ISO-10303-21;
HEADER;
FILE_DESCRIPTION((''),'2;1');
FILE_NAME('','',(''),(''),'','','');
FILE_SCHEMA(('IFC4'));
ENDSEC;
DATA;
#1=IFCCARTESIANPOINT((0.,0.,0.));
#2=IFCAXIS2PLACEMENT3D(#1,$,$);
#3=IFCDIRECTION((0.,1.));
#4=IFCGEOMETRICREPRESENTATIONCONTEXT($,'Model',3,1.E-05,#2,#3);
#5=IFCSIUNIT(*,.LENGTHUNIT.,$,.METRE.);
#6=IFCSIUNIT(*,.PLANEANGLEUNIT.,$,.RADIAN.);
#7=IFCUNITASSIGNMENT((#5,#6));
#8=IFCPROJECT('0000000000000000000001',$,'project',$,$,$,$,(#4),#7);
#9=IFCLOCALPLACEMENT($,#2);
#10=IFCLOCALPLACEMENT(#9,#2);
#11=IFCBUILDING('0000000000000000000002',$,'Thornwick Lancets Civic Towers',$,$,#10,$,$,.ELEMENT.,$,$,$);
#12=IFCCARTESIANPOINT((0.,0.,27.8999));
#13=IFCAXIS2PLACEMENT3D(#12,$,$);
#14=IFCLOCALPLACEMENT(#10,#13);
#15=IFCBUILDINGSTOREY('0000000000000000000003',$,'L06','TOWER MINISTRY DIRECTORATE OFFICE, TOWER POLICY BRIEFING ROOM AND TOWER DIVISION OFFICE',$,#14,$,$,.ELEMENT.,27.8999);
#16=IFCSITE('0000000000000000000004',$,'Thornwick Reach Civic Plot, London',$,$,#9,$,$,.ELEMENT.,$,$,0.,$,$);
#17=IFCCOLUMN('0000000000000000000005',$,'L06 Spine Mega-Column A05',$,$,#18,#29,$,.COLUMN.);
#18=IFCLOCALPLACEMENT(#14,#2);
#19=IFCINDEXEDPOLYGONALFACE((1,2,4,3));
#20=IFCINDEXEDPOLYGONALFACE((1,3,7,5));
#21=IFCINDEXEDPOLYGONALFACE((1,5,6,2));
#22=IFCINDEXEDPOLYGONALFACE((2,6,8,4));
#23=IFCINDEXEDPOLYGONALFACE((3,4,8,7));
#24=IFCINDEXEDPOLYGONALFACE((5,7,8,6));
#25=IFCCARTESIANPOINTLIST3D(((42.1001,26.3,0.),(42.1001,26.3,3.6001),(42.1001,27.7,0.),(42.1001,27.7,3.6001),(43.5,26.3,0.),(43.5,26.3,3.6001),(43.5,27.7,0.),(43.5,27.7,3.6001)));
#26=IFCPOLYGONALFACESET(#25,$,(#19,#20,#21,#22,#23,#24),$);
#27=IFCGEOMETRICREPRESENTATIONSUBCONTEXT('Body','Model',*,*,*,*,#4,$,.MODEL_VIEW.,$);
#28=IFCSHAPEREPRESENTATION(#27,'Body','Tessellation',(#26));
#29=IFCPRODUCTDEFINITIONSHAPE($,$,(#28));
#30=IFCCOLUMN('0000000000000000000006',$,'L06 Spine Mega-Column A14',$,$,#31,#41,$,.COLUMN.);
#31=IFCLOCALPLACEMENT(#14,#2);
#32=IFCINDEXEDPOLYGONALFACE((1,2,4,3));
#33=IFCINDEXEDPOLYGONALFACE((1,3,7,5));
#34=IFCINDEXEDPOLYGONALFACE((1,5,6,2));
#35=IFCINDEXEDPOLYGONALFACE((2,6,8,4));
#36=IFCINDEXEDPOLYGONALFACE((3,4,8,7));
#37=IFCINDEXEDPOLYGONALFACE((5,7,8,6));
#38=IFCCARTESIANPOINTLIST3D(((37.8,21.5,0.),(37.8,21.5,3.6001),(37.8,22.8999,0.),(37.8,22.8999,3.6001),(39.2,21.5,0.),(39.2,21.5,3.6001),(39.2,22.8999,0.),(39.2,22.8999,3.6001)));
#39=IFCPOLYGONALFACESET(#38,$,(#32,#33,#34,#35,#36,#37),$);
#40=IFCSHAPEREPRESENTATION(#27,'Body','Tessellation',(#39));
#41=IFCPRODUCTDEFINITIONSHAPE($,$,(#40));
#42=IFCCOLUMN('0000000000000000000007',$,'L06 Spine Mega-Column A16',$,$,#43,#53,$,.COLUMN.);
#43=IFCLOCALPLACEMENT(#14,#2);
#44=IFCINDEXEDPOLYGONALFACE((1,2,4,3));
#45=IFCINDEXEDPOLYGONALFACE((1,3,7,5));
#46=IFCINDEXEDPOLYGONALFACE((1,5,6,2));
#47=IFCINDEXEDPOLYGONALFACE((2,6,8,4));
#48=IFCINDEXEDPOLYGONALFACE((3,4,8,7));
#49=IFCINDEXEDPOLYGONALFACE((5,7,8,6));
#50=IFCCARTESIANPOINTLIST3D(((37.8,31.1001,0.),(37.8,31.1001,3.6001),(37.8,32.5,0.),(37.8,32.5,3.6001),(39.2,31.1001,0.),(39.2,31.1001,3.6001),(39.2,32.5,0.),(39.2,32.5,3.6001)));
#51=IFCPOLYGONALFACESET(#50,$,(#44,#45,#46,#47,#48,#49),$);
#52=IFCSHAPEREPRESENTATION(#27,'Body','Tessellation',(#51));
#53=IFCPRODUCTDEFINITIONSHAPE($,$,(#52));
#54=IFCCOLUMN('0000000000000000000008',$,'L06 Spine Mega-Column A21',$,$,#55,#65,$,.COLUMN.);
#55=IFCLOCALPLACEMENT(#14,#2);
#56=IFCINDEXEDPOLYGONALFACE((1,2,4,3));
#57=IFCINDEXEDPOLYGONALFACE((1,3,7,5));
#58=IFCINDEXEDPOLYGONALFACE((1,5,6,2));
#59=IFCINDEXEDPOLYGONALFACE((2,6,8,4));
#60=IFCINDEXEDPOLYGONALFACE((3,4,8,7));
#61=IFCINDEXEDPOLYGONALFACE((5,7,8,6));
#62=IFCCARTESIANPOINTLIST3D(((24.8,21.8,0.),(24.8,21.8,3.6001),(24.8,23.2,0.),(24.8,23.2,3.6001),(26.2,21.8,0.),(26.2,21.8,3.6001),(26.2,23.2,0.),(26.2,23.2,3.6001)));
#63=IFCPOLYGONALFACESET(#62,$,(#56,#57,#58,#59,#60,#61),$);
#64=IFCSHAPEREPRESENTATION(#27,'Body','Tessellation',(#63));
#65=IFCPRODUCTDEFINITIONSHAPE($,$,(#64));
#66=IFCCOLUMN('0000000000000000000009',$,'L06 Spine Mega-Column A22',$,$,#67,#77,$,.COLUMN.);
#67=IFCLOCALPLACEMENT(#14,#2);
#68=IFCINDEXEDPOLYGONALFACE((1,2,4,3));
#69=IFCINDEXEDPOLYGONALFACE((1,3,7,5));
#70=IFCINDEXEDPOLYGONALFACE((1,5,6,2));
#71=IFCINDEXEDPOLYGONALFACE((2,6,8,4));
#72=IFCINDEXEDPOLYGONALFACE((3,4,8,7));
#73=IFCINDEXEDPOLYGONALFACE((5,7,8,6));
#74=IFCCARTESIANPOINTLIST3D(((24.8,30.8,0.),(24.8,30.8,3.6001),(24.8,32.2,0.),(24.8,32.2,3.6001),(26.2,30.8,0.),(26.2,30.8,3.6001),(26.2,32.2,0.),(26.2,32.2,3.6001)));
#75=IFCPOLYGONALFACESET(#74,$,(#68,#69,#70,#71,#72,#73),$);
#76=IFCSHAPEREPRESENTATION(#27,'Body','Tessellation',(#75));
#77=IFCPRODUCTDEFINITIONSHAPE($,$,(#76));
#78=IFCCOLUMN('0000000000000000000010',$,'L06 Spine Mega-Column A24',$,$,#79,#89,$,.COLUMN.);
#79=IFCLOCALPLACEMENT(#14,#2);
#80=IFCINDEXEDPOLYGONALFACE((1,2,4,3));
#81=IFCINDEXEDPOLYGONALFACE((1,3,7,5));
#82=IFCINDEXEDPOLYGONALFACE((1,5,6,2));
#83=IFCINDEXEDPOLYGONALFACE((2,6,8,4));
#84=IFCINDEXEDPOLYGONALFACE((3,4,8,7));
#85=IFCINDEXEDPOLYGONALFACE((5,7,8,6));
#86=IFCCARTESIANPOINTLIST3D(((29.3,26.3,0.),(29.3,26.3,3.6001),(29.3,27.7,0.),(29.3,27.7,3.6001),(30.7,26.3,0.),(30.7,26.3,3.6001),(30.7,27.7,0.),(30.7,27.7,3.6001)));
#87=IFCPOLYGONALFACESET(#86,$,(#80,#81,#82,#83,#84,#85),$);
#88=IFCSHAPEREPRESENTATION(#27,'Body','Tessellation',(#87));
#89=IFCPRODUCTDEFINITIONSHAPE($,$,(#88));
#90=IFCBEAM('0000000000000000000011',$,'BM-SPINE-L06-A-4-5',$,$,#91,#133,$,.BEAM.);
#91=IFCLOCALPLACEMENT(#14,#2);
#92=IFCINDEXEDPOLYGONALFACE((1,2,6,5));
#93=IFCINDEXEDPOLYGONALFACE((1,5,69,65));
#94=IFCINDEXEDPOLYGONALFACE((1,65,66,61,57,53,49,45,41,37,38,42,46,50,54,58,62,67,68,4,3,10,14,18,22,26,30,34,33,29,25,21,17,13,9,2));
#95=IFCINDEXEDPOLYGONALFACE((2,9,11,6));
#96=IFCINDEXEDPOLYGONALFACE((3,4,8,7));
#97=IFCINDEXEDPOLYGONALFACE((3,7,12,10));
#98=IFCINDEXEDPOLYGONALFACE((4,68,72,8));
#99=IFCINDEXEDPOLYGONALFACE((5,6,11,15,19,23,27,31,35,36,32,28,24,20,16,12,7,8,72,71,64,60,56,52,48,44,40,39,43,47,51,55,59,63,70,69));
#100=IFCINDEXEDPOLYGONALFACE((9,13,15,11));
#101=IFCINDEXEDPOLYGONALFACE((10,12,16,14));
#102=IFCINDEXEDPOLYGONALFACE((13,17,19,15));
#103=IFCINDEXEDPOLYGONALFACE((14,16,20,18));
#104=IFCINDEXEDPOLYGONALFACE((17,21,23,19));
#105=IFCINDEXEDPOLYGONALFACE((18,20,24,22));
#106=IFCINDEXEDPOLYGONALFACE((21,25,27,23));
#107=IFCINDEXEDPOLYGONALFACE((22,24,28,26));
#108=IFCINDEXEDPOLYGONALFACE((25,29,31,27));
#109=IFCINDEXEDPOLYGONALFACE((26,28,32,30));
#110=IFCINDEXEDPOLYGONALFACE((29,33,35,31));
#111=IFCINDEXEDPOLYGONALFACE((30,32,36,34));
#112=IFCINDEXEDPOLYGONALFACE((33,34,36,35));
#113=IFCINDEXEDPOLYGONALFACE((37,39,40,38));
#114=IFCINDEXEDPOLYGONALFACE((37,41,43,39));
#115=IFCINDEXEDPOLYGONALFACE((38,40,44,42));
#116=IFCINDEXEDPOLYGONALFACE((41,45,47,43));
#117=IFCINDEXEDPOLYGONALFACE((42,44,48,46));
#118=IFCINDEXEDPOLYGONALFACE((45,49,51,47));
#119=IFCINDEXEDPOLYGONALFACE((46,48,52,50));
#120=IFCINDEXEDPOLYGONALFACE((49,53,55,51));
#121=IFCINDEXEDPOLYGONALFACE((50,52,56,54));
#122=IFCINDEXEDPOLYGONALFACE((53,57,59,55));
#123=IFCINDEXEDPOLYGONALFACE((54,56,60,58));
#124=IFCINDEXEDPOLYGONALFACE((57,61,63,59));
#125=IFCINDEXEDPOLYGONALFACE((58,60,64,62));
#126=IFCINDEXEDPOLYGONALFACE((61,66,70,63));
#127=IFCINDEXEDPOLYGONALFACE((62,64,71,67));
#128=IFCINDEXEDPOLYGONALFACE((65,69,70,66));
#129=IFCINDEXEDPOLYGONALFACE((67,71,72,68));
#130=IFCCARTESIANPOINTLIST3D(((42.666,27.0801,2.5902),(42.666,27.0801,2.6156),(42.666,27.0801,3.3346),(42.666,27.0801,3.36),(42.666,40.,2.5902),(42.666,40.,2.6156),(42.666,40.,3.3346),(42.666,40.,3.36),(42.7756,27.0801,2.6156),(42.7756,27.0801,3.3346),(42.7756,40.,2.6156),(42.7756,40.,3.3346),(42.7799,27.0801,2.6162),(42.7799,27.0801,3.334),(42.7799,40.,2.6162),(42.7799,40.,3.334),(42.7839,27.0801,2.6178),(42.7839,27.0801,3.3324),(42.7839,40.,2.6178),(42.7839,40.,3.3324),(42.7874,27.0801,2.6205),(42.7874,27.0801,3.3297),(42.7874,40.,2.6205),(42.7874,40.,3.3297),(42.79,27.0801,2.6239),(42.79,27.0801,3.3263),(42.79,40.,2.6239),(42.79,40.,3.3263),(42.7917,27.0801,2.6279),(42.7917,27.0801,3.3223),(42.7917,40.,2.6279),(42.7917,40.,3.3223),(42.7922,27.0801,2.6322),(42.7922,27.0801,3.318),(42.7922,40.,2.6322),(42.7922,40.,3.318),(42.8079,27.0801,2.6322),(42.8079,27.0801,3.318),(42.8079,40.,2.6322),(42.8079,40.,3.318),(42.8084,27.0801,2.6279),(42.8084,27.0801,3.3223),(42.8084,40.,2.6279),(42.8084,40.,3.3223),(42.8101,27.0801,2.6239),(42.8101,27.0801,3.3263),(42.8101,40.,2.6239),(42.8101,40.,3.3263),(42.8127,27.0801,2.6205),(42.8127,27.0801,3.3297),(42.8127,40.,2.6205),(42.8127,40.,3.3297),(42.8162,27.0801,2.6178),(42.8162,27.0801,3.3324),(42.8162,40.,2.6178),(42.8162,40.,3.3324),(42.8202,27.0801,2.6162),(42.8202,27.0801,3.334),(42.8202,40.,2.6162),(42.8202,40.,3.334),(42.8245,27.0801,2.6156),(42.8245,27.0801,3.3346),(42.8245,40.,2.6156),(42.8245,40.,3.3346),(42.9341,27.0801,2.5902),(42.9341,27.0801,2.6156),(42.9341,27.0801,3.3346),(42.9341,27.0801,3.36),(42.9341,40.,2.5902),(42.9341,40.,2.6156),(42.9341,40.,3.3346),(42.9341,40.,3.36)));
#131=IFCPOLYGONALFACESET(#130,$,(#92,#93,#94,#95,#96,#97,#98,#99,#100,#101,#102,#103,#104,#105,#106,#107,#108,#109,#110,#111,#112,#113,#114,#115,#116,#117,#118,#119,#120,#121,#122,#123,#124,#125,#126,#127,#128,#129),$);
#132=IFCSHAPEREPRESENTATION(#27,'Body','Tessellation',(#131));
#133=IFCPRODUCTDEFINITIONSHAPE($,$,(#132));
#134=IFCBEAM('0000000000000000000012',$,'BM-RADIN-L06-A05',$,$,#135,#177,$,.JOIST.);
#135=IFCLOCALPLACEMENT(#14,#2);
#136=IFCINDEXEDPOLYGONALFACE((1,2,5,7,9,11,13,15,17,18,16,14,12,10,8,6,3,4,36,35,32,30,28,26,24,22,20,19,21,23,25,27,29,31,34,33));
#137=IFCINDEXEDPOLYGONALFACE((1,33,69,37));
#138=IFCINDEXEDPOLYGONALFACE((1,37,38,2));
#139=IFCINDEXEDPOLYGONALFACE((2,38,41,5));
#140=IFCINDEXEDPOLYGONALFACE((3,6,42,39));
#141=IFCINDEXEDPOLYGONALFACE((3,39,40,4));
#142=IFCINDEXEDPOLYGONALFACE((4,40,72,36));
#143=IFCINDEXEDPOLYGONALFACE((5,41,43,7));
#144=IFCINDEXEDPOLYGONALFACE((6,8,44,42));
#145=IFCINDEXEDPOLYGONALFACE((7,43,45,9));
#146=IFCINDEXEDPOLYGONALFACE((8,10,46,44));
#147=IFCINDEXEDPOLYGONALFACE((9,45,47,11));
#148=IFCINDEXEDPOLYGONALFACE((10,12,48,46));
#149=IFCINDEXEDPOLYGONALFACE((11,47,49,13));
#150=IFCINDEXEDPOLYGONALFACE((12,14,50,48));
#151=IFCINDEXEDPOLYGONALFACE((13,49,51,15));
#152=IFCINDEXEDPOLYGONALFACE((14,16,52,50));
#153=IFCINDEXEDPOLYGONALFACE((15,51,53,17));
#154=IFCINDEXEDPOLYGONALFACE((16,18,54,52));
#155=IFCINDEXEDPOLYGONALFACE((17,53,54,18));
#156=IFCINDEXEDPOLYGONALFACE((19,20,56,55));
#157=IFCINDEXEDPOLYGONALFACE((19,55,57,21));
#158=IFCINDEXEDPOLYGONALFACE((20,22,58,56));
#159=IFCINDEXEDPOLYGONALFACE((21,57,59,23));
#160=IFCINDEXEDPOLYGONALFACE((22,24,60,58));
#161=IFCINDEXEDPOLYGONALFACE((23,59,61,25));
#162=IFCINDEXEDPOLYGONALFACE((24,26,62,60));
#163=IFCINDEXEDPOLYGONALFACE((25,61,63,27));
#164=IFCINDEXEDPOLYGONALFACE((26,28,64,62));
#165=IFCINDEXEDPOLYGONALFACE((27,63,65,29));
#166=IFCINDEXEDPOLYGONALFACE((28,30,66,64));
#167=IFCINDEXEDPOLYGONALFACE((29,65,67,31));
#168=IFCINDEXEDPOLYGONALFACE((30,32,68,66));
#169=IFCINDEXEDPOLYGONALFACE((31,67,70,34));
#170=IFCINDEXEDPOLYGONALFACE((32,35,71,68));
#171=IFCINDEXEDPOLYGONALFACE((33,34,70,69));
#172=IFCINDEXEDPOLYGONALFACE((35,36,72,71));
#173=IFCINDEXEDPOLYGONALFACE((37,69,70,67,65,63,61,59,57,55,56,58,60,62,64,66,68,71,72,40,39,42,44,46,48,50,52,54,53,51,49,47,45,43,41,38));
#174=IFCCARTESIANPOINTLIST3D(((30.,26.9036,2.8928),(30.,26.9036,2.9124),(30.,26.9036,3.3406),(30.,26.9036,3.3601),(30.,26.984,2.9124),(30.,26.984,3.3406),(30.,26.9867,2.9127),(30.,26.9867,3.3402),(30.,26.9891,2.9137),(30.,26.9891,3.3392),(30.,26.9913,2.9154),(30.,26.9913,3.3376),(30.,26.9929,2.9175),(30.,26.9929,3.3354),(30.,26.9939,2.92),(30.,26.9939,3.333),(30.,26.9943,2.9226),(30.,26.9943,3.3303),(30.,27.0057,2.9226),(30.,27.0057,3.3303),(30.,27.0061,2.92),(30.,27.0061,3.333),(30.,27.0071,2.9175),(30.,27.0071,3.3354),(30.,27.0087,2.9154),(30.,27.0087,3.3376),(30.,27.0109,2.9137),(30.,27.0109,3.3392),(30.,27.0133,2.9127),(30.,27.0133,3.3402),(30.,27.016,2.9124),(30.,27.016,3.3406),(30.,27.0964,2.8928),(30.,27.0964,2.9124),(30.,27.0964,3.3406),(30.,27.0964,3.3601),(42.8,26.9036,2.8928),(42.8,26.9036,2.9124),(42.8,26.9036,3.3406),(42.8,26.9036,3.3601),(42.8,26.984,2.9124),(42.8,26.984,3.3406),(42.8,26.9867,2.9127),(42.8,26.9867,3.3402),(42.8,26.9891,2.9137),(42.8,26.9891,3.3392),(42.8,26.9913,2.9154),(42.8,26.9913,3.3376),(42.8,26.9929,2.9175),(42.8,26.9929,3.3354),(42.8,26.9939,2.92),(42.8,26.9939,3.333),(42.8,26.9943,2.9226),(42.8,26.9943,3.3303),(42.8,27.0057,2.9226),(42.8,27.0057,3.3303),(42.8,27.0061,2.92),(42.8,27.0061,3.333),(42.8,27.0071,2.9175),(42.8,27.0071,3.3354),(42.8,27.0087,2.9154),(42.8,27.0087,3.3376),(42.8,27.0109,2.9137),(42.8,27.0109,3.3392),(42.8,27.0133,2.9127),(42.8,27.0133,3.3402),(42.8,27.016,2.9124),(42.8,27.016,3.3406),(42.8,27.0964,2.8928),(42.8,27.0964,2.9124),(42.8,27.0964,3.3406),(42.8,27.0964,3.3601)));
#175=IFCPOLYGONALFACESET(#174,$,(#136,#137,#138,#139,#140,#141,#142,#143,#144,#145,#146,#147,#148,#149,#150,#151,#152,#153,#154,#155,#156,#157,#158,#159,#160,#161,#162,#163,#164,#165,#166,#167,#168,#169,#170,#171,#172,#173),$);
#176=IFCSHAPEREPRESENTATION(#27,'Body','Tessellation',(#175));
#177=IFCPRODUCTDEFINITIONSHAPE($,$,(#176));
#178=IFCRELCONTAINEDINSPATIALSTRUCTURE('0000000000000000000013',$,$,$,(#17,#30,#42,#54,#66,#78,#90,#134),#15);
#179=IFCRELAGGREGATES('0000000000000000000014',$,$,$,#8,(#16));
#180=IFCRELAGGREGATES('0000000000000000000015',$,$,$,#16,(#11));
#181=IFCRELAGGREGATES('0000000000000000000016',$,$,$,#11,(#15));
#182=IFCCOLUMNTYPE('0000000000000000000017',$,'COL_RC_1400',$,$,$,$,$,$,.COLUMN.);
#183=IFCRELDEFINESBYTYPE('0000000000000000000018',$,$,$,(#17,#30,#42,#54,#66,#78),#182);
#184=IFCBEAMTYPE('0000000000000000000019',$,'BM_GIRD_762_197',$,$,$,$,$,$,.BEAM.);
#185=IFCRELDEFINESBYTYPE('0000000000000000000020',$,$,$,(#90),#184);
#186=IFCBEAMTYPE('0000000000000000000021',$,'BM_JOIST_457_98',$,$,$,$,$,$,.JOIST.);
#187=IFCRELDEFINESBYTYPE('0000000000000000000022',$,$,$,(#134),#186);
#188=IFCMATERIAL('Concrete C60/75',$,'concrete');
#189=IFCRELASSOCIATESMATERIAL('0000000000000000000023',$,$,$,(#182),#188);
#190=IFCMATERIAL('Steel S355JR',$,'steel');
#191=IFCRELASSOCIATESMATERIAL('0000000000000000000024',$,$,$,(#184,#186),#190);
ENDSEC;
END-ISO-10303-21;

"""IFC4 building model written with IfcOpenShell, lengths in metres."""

from ifc_helpers import new_model, si_unit, direction, frame, origin, origin_2d, place, context, subcontext, project, spatial, rectangle, i_section, extrude, material, material_profile, profile_set, type_object, element, save


model = new_model("IFC4")

# Units and contexts
model_context = context("Model", 3, precision=1e-05, world=origin(), true_north=direction((0.0, 1.0)))
body_context = subcontext(model_context, "Body", "Model", "MODEL_VIEW")
ifc_project = project(units=[si_unit("LENGTHUNIT", "METRE"), si_unit("PLANEANGLEUNIT", "RADIAN")], contexts=[model_context])

# Site, building, storey
site_placement = place(None, origin())
site = spatial("IfcSite", under=ifc_project, at=site_placement, Name="Thornwick Reach Civic Plot, London", CompositionType="ELEMENT", RefElevation=0.0)
building_placement = place(site_placement, origin())
building = spatial("IfcBuilding", under=site, at=building_placement, Name="Thornwick Lancets Civic Towers", CompositionType="ELEMENT")
storey_placement = place(building_placement, frame((0.0, 0.0, 27.8999)))
storey = spatial("IfcBuildingStorey", under=building, at=storey_placement, Name="L06", Description="TOWER MINISTRY DIRECTORATE OFFICE, TOWER POLICY BRIEFING ROOM AND TOWER DIVISION OFFICE", CompositionType="ELEMENT", Elevation=27.8999)

# Columns
ifc_material_1 = material(Name="Concrete C60/75", Category="concrete")
ifc_material_profile_1 = material_profile(ifc_material_1, rectangle(XDim=1.3999, YDim=1.3999, at=origin_2d()), Name="RC 1400x1400")
ifc_profile_set_1 = profile_set([ifc_material_profile_1], Name="Concrete C60/75")
column_type = type_object("IfcColumnType", Name="COL_RC_1400", PredefinedType="COLUMN", material=ifc_profile_set_1)
for number, where, z_axis, x_axis, name in (
    (1, (42.8, 27.0, 0.0), (0.0, 0.0, 1.0), (1.0, 0.0, 0.0), "L06 Spine Mega-Column A05"),
    (2, (38.5, 22.2, 0.0), (0.0, 0.0, 1.0), (1.0, 0.0, 0.0), "L06 Spine Mega-Column A14"),
    (3, (38.5, 31.8, 0.0), (0.0, 0.0, 1.0), (1.0, 0.0, 0.0), "L06 Spine Mega-Column A16"),
    (4, (25.5, 22.5, 0.0), (0.0, 0.0, 1.0), (1.0, 0.0, 0.0), "L06 Spine Mega-Column A21"),
    (5, (25.5, 31.5, 0.0), (0.0, 0.0, 1.0), (1.0, 0.0, 0.0), "L06 Spine Mega-Column A22"),
    (6, (30.0, 27.0, 0.0), (0.0, 0.0, 1.0), (1.0, 0.0, 0.0), "L06 Spine Mega-Column A24"),
):
    element("IfcColumn", number, at=place(storey_placement, frame(where, z_axis=z_axis, x_axis=x_axis)), inside=storey, type_object=column_type, Name=name, PredefinedType="COLUMN", context=body_context, shape_type="SweptSolid", body=[
        extrude(rectangle(XDim=1.3999, YDim=1.3999, at=origin_2d()), origin(), (0.0, 0.0, 1.0), 3.6001),
    ])

# Beams
ifc_material_2 = material(Name="Steel S355JR", Category="steel")
ifc_material_profile_2 = material_profile(ifc_material_2, i_section(OverallWidth=0.2681, OverallDepth=0.7698, WebThickness=0.0156, FlangeThickness=0.0254, FilletRadius=0.0166, at=origin_2d()), Name="UKB 762x267x197")
ifc_profile_set_2 = profile_set([ifc_material_profile_2], Name="Steel S355JR")
beam_type_1 = type_object("IfcBeamType", Name="BM_GIRD_762_197", PredefinedType="BEAM", material=ifc_profile_set_2)
beam_1_placement = place(storey_placement, frame((42.8, 27.0801, 2.9751), z_axis=(0.0, 1.0, 0.0), x_axis=(-1.0, 0.0, 0.0)))
element("IfcBeam", 7, at=beam_1_placement, inside=storey, type_object=beam_type_1, Name="BM-SPINE-L06-A-4-5", PredefinedType="BEAM", context=body_context, shape_type="SweptSolid", body=[
    extrude(i_section(OverallWidth=0.2681, OverallDepth=0.7698, WebThickness=0.0156, FlangeThickness=0.0254, FilletRadius=0.0166, at=origin_2d()), origin(), (0.0, 0.0, 1.0), 12.9199),
])
ifc_material_profile_3 = material_profile(ifc_material_2, i_section(OverallWidth=0.1929, OverallDepth=0.4673, WebThickness=0.0115, FlangeThickness=0.0195, FilletRadius=0.0103, at=origin_2d()), Name="UKB 457x191x98")
ifc_profile_set_3 = profile_set([ifc_material_profile_3], Name="Steel S355JR")
beam_type_2 = type_object("IfcBeamType", Name="BM_JOIST_457_98", PredefinedType="JOIST", material=ifc_profile_set_3)
for number, where, z_axis, x_axis, name in (
    (8, (30.0, 27.0, 3.1265), (1.0, 0.0, 0.0), (0.0, 1.0, 0.0), "BM-RADIN-L06-A05"),
):
    element("IfcBeam", number, at=place(storey_placement, frame(where, z_axis=z_axis, x_axis=x_axis)), inside=storey, type_object=beam_type_2, Name=name, PredefinedType="JOIST", context=body_context, shape_type="SweptSolid", body=[
        extrude(i_section(OverallWidth=0.1929, OverallDepth=0.4673, WebThickness=0.0115, FlangeThickness=0.0195, FilletRadius=0.0103, at=origin_2d()), origin(), (0.0, 0.0, 1.0), 12.8),
    ])

save(model, "model.ifc")
